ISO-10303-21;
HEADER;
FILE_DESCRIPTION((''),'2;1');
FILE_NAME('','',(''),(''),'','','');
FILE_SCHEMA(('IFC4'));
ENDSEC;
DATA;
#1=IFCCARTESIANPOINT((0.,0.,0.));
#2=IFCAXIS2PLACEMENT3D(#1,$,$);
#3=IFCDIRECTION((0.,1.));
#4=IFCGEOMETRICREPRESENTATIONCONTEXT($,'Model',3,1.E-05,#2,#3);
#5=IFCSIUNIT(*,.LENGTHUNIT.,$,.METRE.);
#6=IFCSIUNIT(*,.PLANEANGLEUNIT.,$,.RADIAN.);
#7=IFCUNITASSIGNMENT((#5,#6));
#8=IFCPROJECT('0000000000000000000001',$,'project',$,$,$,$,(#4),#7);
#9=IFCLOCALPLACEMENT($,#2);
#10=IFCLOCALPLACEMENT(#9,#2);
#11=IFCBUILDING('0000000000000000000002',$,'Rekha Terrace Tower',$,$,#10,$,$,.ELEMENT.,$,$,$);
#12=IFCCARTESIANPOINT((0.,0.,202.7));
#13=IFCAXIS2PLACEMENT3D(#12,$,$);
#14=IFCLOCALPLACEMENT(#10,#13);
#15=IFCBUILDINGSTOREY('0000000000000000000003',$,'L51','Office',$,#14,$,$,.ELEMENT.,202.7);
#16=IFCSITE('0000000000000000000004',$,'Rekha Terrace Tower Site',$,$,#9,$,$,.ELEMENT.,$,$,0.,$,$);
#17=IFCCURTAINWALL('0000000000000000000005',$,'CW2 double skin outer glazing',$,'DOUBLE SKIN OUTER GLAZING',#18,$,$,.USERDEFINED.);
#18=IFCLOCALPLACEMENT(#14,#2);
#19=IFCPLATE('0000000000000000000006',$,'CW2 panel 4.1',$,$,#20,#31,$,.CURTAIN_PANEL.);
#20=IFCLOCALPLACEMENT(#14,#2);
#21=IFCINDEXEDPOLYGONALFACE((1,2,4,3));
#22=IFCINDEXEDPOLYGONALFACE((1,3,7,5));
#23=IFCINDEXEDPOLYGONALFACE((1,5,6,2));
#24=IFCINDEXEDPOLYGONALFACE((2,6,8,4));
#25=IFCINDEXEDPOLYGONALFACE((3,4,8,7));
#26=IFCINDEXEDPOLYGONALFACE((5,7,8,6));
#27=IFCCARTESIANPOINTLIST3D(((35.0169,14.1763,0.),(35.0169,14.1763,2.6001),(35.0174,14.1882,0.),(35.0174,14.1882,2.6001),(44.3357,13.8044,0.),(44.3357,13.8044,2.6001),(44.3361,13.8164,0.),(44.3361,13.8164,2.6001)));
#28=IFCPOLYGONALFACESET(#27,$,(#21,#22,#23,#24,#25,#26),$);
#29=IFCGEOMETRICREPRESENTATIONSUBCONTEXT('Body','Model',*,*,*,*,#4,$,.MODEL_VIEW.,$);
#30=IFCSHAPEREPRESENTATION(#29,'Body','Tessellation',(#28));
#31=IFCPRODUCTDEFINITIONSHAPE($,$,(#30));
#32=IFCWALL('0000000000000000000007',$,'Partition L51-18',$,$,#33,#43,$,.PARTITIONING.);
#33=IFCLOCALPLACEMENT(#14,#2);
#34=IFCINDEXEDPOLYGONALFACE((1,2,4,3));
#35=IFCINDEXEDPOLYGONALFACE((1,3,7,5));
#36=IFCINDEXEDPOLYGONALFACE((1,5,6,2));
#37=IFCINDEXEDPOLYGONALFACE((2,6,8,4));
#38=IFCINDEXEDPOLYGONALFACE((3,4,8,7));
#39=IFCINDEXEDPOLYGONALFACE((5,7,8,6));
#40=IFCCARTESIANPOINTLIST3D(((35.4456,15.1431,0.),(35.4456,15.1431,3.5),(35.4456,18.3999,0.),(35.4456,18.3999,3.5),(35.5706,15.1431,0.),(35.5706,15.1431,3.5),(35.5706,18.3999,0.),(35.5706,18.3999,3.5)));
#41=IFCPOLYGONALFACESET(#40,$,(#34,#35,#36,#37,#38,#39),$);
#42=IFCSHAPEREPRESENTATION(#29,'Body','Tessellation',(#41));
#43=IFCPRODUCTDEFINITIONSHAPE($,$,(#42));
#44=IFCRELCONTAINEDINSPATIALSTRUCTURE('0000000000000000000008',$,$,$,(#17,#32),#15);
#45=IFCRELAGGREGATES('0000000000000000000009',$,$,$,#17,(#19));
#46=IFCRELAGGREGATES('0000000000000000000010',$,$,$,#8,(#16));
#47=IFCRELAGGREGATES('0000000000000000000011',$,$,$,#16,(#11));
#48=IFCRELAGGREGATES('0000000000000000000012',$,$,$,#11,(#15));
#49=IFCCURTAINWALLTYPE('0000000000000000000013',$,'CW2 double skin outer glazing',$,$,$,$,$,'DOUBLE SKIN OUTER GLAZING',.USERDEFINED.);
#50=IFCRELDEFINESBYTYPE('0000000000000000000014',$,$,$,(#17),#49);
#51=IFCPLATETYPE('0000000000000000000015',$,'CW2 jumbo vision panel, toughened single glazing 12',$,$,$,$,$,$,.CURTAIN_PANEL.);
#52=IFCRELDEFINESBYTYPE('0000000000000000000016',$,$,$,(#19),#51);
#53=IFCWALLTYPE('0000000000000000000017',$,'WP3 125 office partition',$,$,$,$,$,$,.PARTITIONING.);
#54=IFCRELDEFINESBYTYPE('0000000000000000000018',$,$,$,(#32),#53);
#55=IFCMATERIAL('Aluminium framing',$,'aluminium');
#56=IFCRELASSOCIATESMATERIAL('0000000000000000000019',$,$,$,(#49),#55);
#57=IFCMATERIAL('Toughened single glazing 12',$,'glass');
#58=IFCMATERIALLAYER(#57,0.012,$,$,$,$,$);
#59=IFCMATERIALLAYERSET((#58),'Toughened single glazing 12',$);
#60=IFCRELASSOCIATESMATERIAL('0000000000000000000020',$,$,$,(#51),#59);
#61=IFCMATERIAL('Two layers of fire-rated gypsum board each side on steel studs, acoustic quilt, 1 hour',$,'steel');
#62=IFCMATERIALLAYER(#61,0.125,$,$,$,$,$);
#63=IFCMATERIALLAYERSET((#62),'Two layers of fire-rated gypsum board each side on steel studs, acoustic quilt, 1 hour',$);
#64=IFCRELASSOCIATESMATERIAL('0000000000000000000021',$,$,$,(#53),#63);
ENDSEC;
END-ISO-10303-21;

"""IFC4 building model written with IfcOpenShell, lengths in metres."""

from ifc_helpers import new_model, si_unit, direction, frame, frame_2d, origin, origin_2d, place, context, subcontext, project, spatial, rectangle, extrude, material, layer, layer_set, type_object, element, aggregate, save


model = new_model("IFC4")

# Units and contexts
model_context = context("Model", 3, precision=1e-05, world=origin(), true_north=direction((0.0, 1.0)))
body_context = subcontext(model_context, "Body", "Model", "MODEL_VIEW")
ifc_project = project(units=[si_unit("LENGTHUNIT", "METRE"), si_unit("PLANEANGLEUNIT", "RADIAN")], contexts=[model_context])

# Site, building, storey
site_placement = place(None, origin())
site = spatial("IfcSite", under=ifc_project, at=site_placement, Name="Rekha Terrace Tower Site", CompositionType="ELEMENT", RefElevation=0.0)
building_placement = place(site_placement, origin())
building = spatial("IfcBuilding", under=site, at=building_placement, Name="Rekha Terrace Tower", CompositionType="ELEMENT")
storey_placement = place(building_placement, frame((0.0, 0.0, 202.7)))
storey = spatial("IfcBuildingStorey", under=building, at=storey_placement, Name="L51", Description="Office", CompositionType="ELEMENT", Elevation=202.7)

# Curtain wall
ifc_material_1 = material(Name="Aluminium framing", Category="aluminium")
curtain_wall_type_1 = type_object("IfcCurtainWallType", Name="CW2 double skin outer glazing", ElementType="DOUBLE SKIN OUTER GLAZING", PredefinedType="USERDEFINED", material=ifc_material_1)
curtain_wall_1_placement = place(storey_placement, origin())
curtain_wall_1 = element("IfcCurtainWall", 1, at=curtain_wall_1_placement, inside=storey, type_object=curtain_wall_type_1, Name="CW2 double skin outer glazing", ObjectType="DOUBLE SKIN OUTER GLAZING", PredefinedType="USERDEFINED")

# Plate
ifc_material_2 = material(Name="Toughened single glazing 12", Category="glass")
ifc_layer_1 = layer(ifc_material_2, 0.012)
ifc_layer_set_1 = layer_set([ifc_layer_1], Name="Toughened single glazing 12")
plate_type_1 = type_object("IfcPlateType", Name="CW2 jumbo vision panel, toughened single glazing 12", PredefinedType="CURTAIN_PANEL", material=ifc_layer_set_1)
plate_1_placement = place(storey_placement, frame((39.6765, 13.9963, 0.0), z_axis=(0.0, 0.0, 1.0), x_axis=(0.999205, -0.039872, 0.0)))
plate_1 = element("IfcPlate", 2, at=plate_1_placement, type_object=plate_type_1, Name="CW2 panel 4.1", PredefinedType="CURTAIN_PANEL", context=body_context, shape_type="SweptSolid", body=[
    extrude(rectangle(XDim=9.3262, YDim=0.012, at=origin_2d()), origin(), (0.0, 0.0, 1.0), 2.6001),
])
aggregate(curtain_wall_1, [plate_1])

# Wall
ifc_material_3 = material(Name="Two layers of fire-rated gypsum board each side on steel studs, acoustic quilt, 1 hour", Category="steel")
ifc_layer_2 = layer(ifc_material_3, 0.125)
ifc_layer_set_2 = layer_set([ifc_layer_2], Name="Two layers of fire-rated gypsum board each side on steel studs, acoustic quilt, 1 hour")
wall_type = type_object("IfcWallType", Name="WP3 125 office partition", PredefinedType="PARTITIONING", material=ifc_layer_set_2)
wall_placement = place(storey_placement, frame((35.5081, 15.1431, 0.0), z_axis=(0.0, 0.0, 1.0), x_axis=(0.0, 1.0, 0.0)))
element("IfcWall", 3, at=wall_placement, inside=storey, type_object=wall_type, Name="Partition L51-18", PredefinedType="PARTITIONING", context=body_context, shape_type="SweptSolid", body=[
    extrude(rectangle(XDim=3.2568, YDim=0.125, at=frame_2d((1.6284, 0.0))), origin(), (0.0, 0.0, 1.0), 3.5),
])

save(model, "model.ifc")
